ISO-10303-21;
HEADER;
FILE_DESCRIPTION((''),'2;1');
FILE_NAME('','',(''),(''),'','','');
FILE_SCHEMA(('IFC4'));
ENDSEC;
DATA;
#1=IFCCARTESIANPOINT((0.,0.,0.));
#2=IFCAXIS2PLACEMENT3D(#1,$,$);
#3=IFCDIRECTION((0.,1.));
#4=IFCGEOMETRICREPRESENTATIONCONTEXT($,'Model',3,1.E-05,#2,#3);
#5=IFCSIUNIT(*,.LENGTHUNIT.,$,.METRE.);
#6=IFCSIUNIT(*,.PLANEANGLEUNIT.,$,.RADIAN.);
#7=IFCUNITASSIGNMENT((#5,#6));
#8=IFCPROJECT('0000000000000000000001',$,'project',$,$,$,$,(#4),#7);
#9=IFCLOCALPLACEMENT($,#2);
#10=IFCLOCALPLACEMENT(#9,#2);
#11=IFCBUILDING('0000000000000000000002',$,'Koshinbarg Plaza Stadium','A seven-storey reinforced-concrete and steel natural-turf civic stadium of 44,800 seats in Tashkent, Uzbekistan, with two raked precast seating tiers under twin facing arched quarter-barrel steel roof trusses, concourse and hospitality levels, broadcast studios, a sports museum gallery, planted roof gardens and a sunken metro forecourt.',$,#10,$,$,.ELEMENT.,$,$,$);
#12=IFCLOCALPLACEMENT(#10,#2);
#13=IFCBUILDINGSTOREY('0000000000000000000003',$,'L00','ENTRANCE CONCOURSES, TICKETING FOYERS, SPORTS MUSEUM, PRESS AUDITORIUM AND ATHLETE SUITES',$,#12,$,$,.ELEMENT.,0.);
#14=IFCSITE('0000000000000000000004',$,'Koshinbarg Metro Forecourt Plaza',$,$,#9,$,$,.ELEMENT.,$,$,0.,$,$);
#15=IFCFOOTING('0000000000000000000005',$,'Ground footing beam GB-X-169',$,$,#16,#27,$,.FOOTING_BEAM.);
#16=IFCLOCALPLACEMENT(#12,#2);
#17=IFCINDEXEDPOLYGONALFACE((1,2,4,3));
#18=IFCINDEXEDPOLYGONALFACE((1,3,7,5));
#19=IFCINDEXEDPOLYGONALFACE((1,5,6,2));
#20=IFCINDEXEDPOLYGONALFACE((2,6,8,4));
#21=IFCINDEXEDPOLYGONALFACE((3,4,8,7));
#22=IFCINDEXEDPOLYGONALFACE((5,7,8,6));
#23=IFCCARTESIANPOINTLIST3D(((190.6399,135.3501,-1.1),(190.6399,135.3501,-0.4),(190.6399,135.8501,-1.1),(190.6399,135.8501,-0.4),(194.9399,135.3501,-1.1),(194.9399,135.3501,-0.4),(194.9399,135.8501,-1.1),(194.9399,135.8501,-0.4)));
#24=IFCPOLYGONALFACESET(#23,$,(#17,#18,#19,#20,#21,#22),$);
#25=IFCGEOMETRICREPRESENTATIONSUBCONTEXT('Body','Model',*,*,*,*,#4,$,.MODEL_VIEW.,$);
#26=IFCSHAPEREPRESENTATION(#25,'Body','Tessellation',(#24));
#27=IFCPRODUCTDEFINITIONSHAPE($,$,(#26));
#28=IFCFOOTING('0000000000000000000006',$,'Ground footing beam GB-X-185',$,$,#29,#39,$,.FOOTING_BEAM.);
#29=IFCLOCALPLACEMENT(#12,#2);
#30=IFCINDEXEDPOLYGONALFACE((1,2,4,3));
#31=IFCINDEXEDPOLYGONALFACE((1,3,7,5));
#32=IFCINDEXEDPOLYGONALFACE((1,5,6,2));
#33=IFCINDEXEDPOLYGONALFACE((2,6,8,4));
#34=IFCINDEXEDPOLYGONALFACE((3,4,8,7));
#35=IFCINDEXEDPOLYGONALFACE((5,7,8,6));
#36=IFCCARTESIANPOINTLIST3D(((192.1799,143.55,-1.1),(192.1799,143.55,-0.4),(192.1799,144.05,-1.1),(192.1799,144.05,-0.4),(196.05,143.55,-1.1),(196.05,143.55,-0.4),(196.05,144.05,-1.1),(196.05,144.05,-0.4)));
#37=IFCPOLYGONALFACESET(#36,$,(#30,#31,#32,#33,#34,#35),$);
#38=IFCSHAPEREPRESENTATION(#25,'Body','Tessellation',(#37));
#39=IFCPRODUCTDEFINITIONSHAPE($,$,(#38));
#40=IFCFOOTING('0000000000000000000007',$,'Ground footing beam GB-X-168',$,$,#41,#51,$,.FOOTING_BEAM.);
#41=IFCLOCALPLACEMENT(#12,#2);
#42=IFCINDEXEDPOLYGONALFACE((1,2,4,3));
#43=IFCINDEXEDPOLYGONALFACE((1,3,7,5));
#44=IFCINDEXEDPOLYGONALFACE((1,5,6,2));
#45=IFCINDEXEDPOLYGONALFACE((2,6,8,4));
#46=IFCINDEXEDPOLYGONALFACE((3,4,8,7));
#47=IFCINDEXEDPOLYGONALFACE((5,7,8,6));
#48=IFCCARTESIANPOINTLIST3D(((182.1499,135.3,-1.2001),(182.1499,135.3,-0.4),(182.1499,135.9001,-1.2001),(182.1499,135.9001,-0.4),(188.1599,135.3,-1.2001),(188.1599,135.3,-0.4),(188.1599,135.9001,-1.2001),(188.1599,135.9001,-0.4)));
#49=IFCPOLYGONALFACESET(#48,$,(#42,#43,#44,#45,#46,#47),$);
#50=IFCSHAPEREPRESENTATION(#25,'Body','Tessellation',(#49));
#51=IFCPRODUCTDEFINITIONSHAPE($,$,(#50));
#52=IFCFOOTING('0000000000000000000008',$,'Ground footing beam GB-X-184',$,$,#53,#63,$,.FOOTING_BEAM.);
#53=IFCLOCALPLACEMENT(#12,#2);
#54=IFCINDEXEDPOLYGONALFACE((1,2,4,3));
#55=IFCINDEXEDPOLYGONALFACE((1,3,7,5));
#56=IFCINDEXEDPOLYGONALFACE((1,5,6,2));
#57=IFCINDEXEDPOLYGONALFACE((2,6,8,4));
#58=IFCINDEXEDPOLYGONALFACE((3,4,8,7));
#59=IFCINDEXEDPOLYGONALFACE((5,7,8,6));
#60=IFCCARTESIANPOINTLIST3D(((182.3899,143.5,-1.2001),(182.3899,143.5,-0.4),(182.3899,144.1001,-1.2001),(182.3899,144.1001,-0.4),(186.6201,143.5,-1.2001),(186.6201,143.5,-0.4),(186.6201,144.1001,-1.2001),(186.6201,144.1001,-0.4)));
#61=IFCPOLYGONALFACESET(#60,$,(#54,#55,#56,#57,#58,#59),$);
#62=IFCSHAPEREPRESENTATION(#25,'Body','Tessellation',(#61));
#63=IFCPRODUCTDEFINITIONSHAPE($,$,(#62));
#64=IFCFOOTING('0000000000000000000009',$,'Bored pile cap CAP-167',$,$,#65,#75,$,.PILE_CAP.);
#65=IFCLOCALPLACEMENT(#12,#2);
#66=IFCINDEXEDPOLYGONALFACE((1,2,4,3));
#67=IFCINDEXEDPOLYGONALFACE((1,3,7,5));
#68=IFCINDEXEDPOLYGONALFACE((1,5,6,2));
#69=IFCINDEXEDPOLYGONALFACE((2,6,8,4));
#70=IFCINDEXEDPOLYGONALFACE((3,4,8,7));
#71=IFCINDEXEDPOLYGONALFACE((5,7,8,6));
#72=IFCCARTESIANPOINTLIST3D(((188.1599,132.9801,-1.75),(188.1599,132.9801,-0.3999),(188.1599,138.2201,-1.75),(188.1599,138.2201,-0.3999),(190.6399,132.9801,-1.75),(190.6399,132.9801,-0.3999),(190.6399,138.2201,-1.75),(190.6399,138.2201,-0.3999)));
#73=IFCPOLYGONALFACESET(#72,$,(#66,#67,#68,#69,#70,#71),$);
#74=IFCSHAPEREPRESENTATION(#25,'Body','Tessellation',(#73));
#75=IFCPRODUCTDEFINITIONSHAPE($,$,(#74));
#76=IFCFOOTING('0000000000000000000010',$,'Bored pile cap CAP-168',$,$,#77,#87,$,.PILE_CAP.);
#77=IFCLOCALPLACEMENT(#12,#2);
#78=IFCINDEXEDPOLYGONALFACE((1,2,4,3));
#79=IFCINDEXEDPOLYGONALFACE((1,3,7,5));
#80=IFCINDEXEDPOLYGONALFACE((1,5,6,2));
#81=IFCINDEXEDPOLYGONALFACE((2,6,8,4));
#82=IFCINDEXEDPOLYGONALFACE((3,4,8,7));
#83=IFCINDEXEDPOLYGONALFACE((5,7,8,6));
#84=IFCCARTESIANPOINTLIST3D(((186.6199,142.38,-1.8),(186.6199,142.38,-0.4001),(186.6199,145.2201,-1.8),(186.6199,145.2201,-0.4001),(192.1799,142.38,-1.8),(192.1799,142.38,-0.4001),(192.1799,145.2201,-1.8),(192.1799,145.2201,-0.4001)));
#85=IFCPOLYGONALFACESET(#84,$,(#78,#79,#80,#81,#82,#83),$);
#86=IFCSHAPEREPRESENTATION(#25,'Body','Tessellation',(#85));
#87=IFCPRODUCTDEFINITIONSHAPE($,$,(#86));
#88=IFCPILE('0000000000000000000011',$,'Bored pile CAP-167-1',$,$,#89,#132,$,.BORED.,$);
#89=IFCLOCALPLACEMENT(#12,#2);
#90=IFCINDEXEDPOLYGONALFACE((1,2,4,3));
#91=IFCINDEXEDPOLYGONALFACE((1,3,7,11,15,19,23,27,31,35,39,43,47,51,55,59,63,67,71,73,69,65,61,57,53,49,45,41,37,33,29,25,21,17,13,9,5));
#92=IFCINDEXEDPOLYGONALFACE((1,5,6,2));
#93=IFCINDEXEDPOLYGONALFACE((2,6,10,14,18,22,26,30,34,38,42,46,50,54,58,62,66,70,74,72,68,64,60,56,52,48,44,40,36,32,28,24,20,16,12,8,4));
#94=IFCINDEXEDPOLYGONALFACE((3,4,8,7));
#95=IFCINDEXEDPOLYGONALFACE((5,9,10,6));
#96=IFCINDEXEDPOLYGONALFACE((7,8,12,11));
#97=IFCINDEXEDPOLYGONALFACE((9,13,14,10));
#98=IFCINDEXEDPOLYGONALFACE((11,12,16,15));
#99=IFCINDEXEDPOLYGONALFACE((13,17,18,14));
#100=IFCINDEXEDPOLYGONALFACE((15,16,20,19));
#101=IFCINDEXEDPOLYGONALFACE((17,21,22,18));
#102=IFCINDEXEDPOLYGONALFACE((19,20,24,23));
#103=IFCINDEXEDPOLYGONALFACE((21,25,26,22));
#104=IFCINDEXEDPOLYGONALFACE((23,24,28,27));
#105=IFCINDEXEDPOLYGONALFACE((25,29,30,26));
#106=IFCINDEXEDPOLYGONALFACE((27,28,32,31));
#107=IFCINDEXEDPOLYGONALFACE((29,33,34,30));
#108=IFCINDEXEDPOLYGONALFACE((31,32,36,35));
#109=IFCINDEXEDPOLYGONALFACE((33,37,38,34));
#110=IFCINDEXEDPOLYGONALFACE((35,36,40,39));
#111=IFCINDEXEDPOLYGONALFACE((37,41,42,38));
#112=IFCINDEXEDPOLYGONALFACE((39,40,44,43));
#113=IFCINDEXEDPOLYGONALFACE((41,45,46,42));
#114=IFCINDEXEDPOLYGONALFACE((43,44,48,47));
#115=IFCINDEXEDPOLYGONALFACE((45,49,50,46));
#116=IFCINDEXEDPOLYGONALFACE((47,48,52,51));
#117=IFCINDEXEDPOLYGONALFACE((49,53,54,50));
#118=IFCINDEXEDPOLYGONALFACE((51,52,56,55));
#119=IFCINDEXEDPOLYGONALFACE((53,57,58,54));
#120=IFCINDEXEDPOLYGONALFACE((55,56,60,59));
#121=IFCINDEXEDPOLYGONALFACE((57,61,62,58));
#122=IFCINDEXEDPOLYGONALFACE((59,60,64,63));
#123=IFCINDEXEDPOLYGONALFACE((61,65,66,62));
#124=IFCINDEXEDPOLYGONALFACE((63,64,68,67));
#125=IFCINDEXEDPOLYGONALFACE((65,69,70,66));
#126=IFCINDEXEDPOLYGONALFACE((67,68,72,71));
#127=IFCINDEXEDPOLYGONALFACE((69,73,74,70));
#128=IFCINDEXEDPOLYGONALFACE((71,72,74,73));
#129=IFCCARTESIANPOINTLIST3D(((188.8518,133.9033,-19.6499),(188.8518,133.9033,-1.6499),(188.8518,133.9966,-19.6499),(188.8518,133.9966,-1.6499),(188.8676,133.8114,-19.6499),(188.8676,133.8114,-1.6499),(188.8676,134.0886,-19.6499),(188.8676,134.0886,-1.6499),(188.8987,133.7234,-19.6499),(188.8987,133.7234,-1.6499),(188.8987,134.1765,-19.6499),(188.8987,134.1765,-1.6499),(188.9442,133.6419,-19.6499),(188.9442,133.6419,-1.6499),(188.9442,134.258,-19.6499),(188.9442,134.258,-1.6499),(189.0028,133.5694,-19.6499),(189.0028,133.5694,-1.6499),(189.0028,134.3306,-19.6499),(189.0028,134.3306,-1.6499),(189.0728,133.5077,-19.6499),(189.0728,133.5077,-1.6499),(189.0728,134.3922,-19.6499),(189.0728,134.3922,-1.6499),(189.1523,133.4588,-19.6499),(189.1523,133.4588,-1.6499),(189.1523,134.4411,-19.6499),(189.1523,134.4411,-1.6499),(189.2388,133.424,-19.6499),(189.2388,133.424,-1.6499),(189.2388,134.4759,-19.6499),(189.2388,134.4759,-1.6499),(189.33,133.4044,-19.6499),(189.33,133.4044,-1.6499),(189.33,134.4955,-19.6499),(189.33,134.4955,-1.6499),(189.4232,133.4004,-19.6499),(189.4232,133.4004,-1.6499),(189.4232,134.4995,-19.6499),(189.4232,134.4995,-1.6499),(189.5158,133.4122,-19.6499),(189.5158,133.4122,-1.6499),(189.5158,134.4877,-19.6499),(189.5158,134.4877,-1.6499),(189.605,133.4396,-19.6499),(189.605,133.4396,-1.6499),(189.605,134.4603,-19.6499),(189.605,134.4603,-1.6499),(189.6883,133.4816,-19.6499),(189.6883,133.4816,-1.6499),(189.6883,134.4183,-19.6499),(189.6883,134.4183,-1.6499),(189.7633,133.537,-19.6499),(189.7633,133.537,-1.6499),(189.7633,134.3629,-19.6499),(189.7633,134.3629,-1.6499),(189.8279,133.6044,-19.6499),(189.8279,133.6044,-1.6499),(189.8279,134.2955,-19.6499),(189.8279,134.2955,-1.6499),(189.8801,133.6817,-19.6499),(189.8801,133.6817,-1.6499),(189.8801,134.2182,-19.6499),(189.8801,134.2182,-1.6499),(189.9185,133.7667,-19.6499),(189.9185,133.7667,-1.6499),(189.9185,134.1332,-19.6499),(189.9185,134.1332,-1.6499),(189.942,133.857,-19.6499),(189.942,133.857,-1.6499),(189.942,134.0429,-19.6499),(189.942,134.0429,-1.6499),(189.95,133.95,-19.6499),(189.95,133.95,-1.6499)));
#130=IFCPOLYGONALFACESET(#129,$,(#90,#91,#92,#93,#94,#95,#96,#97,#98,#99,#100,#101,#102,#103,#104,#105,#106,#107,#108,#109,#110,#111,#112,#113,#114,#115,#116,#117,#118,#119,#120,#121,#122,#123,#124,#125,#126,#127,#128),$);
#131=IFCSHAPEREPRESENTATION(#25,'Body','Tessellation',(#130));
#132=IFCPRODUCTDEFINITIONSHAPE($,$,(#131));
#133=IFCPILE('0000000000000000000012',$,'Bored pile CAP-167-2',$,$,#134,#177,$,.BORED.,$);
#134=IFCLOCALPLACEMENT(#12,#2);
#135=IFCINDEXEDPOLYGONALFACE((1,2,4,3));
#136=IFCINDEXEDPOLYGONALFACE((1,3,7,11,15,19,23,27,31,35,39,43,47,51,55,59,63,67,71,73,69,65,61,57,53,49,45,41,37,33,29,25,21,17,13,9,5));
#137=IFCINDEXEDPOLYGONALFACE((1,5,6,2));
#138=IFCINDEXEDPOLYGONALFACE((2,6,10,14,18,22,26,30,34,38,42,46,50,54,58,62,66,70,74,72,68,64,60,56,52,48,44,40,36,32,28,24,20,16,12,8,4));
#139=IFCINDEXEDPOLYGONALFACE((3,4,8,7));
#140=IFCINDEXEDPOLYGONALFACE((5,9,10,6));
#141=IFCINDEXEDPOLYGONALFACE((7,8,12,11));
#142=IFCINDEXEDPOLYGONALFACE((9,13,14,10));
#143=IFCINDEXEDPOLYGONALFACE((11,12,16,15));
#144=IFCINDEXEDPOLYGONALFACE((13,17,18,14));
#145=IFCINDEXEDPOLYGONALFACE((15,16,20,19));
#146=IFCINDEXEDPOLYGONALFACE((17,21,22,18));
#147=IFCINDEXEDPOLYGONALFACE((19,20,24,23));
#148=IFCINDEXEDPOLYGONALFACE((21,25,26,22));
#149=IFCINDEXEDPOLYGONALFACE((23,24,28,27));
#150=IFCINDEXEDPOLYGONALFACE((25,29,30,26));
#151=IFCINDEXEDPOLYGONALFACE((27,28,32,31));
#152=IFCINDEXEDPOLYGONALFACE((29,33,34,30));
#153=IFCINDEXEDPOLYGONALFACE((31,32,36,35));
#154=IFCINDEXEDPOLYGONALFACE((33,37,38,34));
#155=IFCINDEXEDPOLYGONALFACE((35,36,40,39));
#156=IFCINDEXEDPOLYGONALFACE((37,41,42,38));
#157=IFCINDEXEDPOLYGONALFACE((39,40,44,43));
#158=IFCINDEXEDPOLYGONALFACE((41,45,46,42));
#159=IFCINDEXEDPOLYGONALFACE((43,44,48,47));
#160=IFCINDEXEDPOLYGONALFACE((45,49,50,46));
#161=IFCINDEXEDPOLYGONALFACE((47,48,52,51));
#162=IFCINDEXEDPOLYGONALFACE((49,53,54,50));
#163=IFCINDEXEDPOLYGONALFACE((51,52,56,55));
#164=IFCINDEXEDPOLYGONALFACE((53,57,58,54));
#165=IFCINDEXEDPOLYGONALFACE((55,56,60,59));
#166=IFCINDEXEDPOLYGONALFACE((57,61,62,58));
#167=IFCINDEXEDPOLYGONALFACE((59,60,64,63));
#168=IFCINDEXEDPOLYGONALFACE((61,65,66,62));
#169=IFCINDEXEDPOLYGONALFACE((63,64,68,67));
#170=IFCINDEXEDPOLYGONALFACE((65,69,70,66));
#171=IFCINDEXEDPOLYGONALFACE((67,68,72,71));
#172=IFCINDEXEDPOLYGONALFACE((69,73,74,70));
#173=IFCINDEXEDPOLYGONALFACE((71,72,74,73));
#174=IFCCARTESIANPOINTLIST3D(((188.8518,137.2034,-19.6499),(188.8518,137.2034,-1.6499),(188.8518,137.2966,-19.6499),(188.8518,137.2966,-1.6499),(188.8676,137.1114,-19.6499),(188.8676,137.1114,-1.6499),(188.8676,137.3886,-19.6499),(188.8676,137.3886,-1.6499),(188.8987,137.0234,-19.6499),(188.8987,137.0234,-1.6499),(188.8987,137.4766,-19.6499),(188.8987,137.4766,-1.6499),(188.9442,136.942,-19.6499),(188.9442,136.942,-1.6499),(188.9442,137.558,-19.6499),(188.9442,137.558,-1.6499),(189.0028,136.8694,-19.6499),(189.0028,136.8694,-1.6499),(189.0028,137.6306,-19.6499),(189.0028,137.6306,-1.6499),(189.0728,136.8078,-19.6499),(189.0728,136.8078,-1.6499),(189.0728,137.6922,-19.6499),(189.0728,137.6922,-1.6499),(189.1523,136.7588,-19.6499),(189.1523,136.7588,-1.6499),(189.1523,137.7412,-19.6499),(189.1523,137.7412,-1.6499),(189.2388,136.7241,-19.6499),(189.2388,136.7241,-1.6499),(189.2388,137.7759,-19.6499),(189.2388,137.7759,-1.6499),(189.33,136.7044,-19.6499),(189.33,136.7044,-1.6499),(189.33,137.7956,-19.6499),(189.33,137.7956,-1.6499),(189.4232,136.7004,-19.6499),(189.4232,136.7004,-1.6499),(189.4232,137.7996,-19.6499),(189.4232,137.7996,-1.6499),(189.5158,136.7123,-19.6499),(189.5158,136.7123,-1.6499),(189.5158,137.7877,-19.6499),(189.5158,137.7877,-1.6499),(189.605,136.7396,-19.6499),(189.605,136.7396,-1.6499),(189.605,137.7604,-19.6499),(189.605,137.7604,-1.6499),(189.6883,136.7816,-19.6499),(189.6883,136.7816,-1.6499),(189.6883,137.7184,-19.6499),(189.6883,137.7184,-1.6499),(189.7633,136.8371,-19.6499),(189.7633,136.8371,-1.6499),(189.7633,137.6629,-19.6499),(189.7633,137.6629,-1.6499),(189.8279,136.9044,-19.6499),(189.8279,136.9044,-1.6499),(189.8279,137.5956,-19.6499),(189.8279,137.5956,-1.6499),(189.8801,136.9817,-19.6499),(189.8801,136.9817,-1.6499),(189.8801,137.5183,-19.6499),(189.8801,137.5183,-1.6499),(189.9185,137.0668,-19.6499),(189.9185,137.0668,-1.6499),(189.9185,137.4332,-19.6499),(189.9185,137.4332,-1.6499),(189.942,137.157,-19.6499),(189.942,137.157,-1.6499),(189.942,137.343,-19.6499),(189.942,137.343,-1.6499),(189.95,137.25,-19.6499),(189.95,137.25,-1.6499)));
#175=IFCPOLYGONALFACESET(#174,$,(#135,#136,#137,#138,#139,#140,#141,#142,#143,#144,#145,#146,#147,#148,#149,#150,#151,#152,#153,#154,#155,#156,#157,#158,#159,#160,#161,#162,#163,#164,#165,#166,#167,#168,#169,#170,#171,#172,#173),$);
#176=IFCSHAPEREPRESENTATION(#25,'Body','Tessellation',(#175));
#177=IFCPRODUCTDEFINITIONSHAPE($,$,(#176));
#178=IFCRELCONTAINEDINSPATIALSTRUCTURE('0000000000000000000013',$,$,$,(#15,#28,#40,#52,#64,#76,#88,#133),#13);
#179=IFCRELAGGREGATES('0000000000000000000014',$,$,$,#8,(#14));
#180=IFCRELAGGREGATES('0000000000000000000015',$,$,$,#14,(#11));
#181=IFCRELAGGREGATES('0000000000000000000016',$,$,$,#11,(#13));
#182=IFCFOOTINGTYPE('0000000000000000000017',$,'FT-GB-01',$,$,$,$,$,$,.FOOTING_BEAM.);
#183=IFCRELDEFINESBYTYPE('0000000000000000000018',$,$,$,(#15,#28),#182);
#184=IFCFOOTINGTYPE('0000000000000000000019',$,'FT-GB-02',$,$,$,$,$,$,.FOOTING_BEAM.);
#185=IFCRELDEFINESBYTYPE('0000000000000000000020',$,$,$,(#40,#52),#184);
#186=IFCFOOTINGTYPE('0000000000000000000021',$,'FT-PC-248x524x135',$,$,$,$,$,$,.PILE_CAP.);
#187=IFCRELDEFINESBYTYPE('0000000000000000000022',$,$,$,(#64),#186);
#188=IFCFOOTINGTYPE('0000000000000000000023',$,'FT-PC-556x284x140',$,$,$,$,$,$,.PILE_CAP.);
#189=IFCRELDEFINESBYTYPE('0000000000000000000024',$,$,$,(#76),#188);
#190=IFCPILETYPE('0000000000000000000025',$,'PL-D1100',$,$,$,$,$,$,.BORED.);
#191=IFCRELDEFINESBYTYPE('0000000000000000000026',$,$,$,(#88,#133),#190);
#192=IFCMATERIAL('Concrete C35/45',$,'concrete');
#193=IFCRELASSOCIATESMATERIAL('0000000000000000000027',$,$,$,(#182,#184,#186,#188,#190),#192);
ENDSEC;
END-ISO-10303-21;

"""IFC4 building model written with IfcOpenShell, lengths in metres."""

from ifc_helpers import new_model, si_unit, direction, frame, origin, origin_2d, place, context, subcontext, project, spatial, rectangle, circle, extrude, material, material_profile, profile_set, type_object, element, save


model = new_model("IFC4")

# Units and contexts
model_context = context("Model", 3, precision=1e-05, world=origin(), true_north=direction((0.0, 1.0)))
body_context = subcontext(model_context, "Body", "Model", "MODEL_VIEW")
ifc_project = project(units=[si_unit("LENGTHUNIT", "METRE"), si_unit("PLANEANGLEUNIT", "RADIAN")], contexts=[model_context])

# Site, building, storey
site_placement = place(None, origin())
site = spatial("IfcSite", under=ifc_project, at=site_placement, Name="Koshinbarg Metro Forecourt Plaza", CompositionType="ELEMENT", RefElevation=0.0)
building_placement = place(site_placement, origin())
building = spatial("IfcBuilding", under=site, at=building_placement, Name="Koshinbarg Plaza Stadium", Description="A seven-storey reinforced-concrete and steel natural-turf civic stadium of 44,800 seats in Tashkent, Uzbekistan, with two raked precast seating tiers under twin facing arched quarter-barrel steel roof trusses, concourse and hospitality levels, broadcast studios, a sports museum gallery, planted roof gardens and a sunken metro forecourt.", CompositionType="ELEMENT")
storey_placement = place(building_placement, origin())
storey = spatial("IfcBuildingStorey", under=building, at=storey_placement, Name="L00", Description="ENTRANCE CONCOURSES, TICKETING FOYERS, SPORTS MUSEUM, PRESS AUDITORIUM AND ATHLETE SUITES", CompositionType="ELEMENT", Elevation=0.0)

# Footings
ifc_material_1 = material(Name="Concrete C35/45", Category="concrete")
ifc_material_profile_1 = material_profile(ifc_material_1, rectangle(XDim=0.5, YDim=0.7, at=origin_2d()), Name="GB 500x700")
ifc_profile_set_1 = profile_set([ifc_material_profile_1], Name="Concrete C35/45")
footing_type_1 = type_object("IfcFootingType", Name="FT-GB-01", PredefinedType="FOOTING_BEAM", material=ifc_profile_set_1)
footing_1_placement = place(storey_placement, frame((190.6399, 135.6001, -0.75), z_axis=(1.0, 0.0, 0.0), x_axis=(0.0, 1.0, 0.0)))
element("IfcFooting", 1, at=footing_1_placement, inside=storey, type_object=footing_type_1, Name="Ground footing beam GB-X-169", PredefinedType="FOOTING_BEAM", context=body_context, shape_type="SweptSolid", body=[
    extrude(rectangle(XDim=0.5, YDim=0.7, at=origin_2d()), origin(), (0.0, 0.0, 1.0), 4.3),
])
footing_2_placement = place(storey_placement, frame((192.1799, 143.8, -0.75), z_axis=(1.0, 0.0, 0.0), x_axis=(0.0, 1.0, 0.0)))
element("IfcFooting", 2, at=footing_2_placement, inside=storey, type_object=footing_type_1, Name="Ground footing beam GB-X-185", PredefinedType="FOOTING_BEAM", context=body_context, shape_type="SweptSolid", body=[
    extrude(rectangle(XDim=0.5, YDim=0.7, at=origin_2d()), origin(), (0.0, 0.0, 1.0), 3.8701),
])
ifc_material_profile_2 = material_profile(ifc_material_1, rectangle(XDim=0.6001, YDim=0.8, at=origin_2d()), Name="GB 600x800")
ifc_profile_set_2 = profile_set([ifc_material_profile_2], Name="Concrete C35/45")
footing_type_2 = type_object("IfcFootingType", Name="FT-GB-02", PredefinedType="FOOTING_BEAM", material=ifc_profile_set_2)
footing_3_placement = place(storey_placement, frame((182.1499, 135.6001, -0.8), z_axis=(1.0, 0.0, 0.0), x_axis=(0.0, 1.0, 0.0)))
element("IfcFooting", 3, at=footing_3_placement, inside=storey, type_object=footing_type_2, Name="Ground footing beam GB-X-168", PredefinedType="FOOTING_BEAM", context=body_context, shape_type="SweptSolid", body=[
    extrude(rectangle(XDim=0.6001, YDim=0.8, at=origin_2d()), origin(), (0.0, 0.0, 1.0), 6.01),
])
footing_4_placement = place(storey_placement, frame((182.3899, 143.8, -0.8), z_axis=(1.0, 0.0, 0.0), x_axis=(0.0, 1.0, 0.0)))
element("IfcFooting", 4, at=footing_4_placement, inside=storey, type_object=footing_type_2, Name="Ground footing beam GB-X-184", PredefinedType="FOOTING_BEAM", context=body_context, shape_type="SweptSolid", body=[
    extrude(rectangle(XDim=0.6001, YDim=0.8, at=origin_2d()), origin(), (0.0, 0.0, 1.0), 4.2302),
])
footing_type_3 = type_object("IfcFootingType", Name="FT-PC-248x524x135", PredefinedType="PILE_CAP", material=ifc_material_1)
footing_5_placement = place(storey_placement, frame((189.3999, 135.6001, -1.75), z_axis=(0.0, 0.0, 1.0), x_axis=(1.0, 0.0, 0.0)))
element("IfcFooting", 5, at=footing_5_placement, inside=storey, type_object=footing_type_3, Name="Bored pile cap CAP-167", PredefinedType="PILE_CAP", context=body_context, shape_type="SweptSolid", body=[
    extrude(rectangle(XDim=2.48, YDim=5.24, at=origin_2d()), origin(), (0.0, 0.0, 1.0), 1.3501),
])
footing_type_4 = type_object("IfcFootingType", Name="FT-PC-556x284x140", PredefinedType="PILE_CAP", material=ifc_material_1)
footing_6_placement = place(storey_placement, frame((189.3999, 143.8, -1.8), z_axis=(0.0, 0.0, 1.0), x_axis=(1.0, 0.0, 0.0)))
element("IfcFooting", 6, at=footing_6_placement, inside=storey, type_object=footing_type_4, Name="Bored pile cap CAP-168", PredefinedType="PILE_CAP", context=body_context, shape_type="SweptSolid", body=[
    extrude(rectangle(XDim=5.5601, YDim=2.8401, at=origin_2d()), origin(), (0.0, 0.0, 1.0), 1.3999),
])

# Piles
ifc_material_profile_3 = material_profile(ifc_material_1, circle(Radius=0.55, at=origin_2d()), Name="PILE D1100")
ifc_profile_set_3 = profile_set([ifc_material_profile_3], Name="Concrete C35/45")
pile_type_1 = type_object("IfcPileType", Name="PL-D1100", PredefinedType="BORED", material=ifc_profile_set_3)
for number, where, z_axis, x_axis, name in (
    (7, (189.3999, 133.95, -1.6499), (0.0, 0.0, -1.0), (1.0, 0.0, 0.0), "Bored pile CAP-167-1"),
    (8, (189.3999, 137.25, -1.6499), (0.0, 0.0, -1.0), (1.0, 0.0, 0.0), "Bored pile CAP-167-2"),
):
    element("IfcPile", number, at=place(storey_placement, frame(where, z_axis=z_axis, x_axis=x_axis)), inside=storey, type_object=pile_type_1, Name=name, PredefinedType="BORED", context=body_context, shape_type="SweptSolid", body=[
        extrude(circle(Radius=0.55, at=origin_2d()), origin(), (0.0, 0.0, 1.0), 18.0),
    ])

save(model, "model.ifc")
